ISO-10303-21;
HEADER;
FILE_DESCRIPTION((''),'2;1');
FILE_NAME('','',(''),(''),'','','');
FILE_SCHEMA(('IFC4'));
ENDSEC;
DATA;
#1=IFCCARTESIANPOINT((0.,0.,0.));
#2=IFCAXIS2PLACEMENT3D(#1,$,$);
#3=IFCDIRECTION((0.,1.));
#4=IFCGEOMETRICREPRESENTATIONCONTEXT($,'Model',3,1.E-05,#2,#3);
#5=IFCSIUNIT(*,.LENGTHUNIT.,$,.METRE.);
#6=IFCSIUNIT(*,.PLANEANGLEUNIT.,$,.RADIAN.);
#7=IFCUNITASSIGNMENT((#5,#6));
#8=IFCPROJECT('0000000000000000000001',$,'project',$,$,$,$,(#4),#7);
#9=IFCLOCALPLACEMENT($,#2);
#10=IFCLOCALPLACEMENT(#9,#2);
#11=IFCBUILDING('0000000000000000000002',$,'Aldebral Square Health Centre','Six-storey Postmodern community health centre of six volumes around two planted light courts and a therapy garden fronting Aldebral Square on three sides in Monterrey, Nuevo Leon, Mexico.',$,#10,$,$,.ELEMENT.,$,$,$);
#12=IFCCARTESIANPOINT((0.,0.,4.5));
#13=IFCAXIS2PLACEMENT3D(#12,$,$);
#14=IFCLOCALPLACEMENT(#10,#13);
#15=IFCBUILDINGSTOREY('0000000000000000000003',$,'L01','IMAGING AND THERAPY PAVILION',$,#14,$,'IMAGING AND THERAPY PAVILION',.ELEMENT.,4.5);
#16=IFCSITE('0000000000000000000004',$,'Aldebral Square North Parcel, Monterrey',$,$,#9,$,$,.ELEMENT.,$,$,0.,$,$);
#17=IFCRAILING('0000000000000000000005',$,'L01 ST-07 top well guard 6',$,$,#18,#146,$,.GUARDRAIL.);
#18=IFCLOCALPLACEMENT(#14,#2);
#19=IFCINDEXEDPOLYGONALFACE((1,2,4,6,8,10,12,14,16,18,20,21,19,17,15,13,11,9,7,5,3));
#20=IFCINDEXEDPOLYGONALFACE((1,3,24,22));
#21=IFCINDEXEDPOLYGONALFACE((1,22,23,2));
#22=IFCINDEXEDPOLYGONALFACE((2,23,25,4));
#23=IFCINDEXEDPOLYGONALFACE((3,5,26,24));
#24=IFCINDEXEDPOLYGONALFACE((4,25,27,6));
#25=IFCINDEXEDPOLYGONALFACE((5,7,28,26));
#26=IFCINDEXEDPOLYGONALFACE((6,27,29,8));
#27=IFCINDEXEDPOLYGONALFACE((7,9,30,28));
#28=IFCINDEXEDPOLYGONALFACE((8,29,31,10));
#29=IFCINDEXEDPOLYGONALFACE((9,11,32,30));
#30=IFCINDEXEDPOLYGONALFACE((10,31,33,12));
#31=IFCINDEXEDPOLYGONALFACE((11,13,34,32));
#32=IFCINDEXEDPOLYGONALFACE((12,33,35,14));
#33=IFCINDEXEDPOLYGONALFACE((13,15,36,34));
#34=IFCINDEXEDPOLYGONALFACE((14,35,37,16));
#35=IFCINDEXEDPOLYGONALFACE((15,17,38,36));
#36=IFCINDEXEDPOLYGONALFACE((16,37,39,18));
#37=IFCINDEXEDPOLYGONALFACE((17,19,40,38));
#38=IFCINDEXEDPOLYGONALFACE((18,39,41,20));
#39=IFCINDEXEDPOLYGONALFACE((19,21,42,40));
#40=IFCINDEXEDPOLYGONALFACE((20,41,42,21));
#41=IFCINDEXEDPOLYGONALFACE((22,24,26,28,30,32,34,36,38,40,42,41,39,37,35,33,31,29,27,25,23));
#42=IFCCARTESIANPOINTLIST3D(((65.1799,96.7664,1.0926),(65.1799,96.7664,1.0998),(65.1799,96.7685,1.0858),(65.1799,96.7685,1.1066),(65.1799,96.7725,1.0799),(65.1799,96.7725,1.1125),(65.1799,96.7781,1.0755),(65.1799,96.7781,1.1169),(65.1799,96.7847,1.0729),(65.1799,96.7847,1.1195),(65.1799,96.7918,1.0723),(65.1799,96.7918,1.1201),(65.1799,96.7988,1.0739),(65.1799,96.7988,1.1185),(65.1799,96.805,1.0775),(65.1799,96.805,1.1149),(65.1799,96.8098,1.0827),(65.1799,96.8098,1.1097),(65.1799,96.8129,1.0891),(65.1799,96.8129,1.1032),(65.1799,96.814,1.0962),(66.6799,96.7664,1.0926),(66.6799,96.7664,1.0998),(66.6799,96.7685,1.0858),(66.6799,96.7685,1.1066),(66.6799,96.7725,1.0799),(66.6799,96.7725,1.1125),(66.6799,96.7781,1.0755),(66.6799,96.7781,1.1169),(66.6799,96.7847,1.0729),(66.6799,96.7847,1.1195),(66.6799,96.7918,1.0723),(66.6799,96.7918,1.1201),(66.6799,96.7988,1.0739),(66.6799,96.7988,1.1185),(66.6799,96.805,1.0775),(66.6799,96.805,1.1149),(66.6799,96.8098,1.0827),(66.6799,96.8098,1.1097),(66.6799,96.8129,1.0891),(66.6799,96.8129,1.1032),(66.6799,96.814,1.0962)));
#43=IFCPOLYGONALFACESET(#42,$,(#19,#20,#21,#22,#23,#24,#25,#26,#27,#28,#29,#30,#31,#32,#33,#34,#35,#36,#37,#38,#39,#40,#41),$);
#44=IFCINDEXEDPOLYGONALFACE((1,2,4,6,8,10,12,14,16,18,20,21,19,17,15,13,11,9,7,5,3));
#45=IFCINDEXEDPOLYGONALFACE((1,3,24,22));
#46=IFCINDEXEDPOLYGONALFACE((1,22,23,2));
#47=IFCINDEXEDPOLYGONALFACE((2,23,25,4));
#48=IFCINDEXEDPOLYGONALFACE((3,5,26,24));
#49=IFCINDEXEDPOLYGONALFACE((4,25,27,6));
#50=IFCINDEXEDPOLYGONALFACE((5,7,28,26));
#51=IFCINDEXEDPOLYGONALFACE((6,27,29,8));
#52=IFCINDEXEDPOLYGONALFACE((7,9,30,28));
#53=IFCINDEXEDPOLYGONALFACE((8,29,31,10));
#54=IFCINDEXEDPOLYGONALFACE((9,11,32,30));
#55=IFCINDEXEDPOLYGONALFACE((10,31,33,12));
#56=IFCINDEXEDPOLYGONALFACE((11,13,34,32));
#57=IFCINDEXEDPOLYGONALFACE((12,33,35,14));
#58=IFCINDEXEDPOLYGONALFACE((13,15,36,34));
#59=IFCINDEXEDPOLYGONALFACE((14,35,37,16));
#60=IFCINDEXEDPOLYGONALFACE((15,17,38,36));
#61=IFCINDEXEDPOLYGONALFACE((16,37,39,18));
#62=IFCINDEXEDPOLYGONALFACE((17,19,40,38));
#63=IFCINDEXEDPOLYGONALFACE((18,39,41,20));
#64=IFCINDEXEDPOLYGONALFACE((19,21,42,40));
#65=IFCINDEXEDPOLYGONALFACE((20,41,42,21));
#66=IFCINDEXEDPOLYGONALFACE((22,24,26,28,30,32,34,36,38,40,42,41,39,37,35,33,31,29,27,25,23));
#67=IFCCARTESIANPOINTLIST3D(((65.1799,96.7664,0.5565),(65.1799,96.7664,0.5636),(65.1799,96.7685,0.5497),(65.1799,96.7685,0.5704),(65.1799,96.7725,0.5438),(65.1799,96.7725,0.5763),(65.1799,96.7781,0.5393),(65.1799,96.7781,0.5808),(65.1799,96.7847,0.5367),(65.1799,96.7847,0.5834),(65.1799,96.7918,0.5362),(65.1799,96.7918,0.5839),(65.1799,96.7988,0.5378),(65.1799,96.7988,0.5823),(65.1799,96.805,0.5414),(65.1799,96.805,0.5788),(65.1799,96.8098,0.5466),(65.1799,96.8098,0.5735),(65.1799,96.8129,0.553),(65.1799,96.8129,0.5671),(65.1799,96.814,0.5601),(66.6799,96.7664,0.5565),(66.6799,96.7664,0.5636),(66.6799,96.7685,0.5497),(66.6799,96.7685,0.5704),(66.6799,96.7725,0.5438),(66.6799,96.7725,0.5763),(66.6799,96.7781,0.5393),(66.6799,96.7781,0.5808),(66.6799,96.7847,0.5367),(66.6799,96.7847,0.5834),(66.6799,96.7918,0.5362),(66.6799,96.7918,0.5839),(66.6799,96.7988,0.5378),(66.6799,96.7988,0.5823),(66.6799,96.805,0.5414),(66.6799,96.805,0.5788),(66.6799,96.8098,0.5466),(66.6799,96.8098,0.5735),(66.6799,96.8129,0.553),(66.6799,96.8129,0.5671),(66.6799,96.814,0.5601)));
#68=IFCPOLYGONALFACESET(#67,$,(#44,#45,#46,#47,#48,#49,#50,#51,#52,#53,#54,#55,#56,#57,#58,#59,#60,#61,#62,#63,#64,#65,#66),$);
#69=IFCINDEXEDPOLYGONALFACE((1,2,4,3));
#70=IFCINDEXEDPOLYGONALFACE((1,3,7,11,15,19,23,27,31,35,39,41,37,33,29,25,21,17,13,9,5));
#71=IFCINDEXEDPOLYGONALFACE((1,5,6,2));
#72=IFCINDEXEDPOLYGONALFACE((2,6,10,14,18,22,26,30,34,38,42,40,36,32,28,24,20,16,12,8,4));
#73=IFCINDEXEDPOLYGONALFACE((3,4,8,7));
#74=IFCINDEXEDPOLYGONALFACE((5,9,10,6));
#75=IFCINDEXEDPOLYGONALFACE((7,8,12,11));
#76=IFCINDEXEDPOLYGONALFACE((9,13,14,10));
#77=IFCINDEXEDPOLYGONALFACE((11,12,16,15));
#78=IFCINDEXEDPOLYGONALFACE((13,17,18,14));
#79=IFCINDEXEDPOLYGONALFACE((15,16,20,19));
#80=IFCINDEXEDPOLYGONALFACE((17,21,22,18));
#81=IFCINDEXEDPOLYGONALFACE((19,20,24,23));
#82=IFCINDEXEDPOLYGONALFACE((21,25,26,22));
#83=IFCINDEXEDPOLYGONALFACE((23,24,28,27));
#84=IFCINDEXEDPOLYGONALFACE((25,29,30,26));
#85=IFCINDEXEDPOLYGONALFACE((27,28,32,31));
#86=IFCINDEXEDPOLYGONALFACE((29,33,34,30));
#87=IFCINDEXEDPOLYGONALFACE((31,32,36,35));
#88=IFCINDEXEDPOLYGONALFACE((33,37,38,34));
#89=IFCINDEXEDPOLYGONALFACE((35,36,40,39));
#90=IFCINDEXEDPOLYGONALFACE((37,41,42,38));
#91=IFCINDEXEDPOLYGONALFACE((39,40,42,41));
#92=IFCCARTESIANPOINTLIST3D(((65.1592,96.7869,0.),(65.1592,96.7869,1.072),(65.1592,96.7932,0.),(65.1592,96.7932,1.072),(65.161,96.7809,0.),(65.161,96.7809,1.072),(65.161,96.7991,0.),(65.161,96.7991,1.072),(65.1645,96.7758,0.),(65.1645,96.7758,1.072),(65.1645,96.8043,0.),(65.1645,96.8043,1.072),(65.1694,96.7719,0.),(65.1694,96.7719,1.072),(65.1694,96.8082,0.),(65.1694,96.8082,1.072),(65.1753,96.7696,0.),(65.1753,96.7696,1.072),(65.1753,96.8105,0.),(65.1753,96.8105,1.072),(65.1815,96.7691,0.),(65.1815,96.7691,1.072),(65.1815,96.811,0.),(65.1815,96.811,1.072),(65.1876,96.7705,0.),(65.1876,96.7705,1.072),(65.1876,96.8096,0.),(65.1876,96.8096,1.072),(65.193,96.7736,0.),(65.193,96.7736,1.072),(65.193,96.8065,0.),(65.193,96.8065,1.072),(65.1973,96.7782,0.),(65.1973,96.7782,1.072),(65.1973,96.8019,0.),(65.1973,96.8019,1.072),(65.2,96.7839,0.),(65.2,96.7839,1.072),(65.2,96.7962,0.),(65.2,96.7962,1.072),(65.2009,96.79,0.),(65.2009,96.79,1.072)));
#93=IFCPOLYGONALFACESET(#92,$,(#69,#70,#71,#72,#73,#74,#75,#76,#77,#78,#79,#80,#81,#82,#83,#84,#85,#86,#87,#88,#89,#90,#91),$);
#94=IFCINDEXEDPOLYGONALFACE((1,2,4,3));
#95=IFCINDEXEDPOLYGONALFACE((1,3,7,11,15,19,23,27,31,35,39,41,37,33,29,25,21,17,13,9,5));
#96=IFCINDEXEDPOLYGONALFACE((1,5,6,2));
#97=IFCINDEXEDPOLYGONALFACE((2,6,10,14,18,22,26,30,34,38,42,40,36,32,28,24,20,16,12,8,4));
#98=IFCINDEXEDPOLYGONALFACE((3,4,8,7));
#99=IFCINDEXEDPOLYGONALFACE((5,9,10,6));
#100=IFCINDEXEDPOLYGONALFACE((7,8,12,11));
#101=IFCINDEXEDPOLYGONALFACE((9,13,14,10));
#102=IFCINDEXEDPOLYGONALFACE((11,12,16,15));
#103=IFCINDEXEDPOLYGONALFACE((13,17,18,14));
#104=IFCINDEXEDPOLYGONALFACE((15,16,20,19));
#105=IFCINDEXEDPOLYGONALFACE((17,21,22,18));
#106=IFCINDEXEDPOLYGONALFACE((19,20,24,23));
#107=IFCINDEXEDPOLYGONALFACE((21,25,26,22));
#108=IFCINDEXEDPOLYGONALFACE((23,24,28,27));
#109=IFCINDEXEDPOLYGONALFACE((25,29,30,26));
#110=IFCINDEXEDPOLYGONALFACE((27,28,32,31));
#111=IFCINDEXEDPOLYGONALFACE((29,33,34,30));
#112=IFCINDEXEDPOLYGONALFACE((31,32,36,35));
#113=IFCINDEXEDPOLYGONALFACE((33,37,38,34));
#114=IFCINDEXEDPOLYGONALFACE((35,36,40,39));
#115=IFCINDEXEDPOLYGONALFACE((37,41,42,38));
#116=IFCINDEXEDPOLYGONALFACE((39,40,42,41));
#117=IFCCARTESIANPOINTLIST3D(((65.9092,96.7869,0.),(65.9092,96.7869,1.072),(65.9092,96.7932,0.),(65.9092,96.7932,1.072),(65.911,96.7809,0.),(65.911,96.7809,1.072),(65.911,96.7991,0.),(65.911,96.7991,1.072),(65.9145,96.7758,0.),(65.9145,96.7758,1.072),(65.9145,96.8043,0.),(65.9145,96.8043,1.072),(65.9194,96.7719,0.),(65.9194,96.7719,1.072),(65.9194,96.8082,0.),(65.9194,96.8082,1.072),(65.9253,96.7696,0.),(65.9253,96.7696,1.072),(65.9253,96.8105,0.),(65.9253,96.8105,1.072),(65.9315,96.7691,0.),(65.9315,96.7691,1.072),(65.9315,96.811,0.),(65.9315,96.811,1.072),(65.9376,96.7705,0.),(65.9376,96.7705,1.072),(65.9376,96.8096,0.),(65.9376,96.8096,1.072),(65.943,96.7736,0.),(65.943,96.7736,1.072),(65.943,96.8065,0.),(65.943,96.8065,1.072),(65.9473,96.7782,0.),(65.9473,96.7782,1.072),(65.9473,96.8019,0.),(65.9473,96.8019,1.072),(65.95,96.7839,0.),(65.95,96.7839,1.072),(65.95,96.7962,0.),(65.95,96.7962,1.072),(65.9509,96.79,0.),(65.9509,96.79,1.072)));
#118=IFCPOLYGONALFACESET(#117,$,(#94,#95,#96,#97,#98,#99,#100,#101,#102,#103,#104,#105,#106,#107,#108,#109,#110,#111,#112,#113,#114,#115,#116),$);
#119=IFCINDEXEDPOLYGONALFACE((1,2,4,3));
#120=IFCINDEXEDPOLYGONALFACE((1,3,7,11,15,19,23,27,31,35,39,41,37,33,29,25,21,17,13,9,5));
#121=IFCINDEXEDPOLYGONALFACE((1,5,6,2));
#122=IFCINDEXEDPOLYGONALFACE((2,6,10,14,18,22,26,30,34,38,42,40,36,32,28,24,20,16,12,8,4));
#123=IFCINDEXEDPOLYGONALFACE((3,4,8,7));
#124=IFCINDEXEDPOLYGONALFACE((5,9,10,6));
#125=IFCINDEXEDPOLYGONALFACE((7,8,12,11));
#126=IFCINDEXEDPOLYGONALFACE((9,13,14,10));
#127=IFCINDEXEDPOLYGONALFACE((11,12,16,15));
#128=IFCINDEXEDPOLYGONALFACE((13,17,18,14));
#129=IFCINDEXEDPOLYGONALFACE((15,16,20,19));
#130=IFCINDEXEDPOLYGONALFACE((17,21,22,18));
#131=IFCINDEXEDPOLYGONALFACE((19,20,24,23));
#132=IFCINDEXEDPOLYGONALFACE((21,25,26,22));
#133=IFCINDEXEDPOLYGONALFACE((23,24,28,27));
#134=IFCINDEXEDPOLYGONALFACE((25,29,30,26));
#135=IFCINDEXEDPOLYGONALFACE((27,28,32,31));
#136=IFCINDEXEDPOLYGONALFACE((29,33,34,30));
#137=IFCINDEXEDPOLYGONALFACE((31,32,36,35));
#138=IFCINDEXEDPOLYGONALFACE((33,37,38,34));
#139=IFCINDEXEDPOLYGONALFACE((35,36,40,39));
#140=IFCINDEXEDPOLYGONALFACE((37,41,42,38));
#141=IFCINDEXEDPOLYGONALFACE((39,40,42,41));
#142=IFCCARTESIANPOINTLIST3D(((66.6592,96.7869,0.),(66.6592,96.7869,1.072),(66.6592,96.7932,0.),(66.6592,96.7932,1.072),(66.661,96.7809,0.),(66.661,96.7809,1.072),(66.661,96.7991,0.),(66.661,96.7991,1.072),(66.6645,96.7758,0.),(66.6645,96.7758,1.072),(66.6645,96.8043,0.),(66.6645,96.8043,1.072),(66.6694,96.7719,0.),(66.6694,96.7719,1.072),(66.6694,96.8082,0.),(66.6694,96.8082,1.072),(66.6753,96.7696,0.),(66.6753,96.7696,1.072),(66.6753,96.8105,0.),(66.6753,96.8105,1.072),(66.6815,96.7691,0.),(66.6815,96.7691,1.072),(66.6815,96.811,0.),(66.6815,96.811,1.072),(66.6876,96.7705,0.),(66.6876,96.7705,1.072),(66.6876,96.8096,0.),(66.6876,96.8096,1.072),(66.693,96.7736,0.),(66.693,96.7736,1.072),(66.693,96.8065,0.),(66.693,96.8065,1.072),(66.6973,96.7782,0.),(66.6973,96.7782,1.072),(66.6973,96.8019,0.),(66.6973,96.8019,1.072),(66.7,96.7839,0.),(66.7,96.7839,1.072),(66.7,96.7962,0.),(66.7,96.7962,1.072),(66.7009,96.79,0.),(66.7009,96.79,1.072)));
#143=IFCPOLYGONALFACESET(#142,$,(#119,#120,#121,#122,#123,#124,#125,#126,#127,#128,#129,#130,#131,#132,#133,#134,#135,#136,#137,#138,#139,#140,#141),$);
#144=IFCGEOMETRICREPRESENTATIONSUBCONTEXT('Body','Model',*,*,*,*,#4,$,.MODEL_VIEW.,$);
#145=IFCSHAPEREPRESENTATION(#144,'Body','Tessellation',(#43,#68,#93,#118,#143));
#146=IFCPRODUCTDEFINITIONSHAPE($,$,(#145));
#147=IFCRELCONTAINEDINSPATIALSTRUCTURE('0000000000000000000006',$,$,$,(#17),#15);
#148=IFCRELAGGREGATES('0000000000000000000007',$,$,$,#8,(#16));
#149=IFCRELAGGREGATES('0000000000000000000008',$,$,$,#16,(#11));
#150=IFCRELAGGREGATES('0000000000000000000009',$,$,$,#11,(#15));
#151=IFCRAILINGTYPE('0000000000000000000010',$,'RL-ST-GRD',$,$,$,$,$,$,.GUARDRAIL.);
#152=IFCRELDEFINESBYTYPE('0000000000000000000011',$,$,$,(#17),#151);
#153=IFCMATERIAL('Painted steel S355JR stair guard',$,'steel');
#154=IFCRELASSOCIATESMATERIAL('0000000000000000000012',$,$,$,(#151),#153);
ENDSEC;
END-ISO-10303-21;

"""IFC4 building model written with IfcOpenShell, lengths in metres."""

from ifc_helpers import new_model, si_unit, direction, frame, origin, origin_2d, place, context, subcontext, project, spatial, circle, extrude, material, type_object, element, save


model = new_model("IFC4")

# Units and contexts
model_context = context("Model", 3, precision=1e-05, world=origin(), true_north=direction((0.0, 1.0)))
body_context = subcontext(model_context, "Body", "Model", "MODEL_VIEW")
ifc_project = project(units=[si_unit("LENGTHUNIT", "METRE"), si_unit("PLANEANGLEUNIT", "RADIAN")], contexts=[model_context])

# Site, building, storey
site_placement = place(None, origin())
site = spatial("IfcSite", under=ifc_project, at=site_placement, Name="Aldebral Square North Parcel, Monterrey", CompositionType="ELEMENT", RefElevation=0.0)
building_placement = place(site_placement, origin())
building = spatial("IfcBuilding", under=site, at=building_placement, Name="Aldebral Square Health Centre", Description="Six-storey Postmodern community health centre of six volumes around two planted light courts and a therapy garden fronting Aldebral Square on three sides in Monterrey, Nuevo Leon, Mexico.", CompositionType="ELEMENT")
storey_placement = place(building_placement, frame((0.0, 0.0, 4.5)))
storey = spatial("IfcBuildingStorey", under=building, at=storey_placement, Name="L01", Description="IMAGING AND THERAPY PAVILION", LongName="IMAGING AND THERAPY PAVILION", CompositionType="ELEMENT", Elevation=4.5)

# Railing
ifc_material_1 = material(Name="Painted steel S355JR stair guard", Category="steel")
railing_type = type_object("IfcRailingType", Name="RL-ST-GRD", PredefinedType="GUARDRAIL", material=ifc_material_1)
railing_1_placement = place(storey_placement, frame((65.1799, 96.79, 0.0)))
element("IfcRailing", 1, at=railing_1_placement, inside=storey, type_object=railing_type, Name="L01 ST-07 top well guard 6", PredefinedType="GUARDRAIL", context=body_context, shape_type="SweptSolid", body=[
    extrude(circle(Radius=0.0239, at=origin_2d()), frame((0.0, 0.0, 1.0962), z_axis=(1.0, 0.0, 0.0), x_axis=(0.0, 1.0, 0.0)), (0.0, 0.0, 1.0), 1.5),
    extrude(circle(Radius=0.0239, at=origin_2d()), frame((0.0, 0.0, 0.5601), z_axis=(1.0, 0.0, 0.0), x_axis=(0.0, 1.0, 0.0)), (0.0, 0.0, 1.0), 1.5),
    extrude(circle(Radius=0.021, at=origin_2d()), origin(), (0.0, 0.0, 1.0), 1.072),
    extrude(circle(Radius=0.021, at=origin_2d()), frame((0.75, 0.0, 0.0)), (0.0, 0.0, 1.0), 1.072),
    extrude(circle(Radius=0.021, at=origin_2d()), frame((1.5, 0.0, 0.0)), (0.0, 0.0, 1.0), 1.072),
])

save(model, "model.ifc")
